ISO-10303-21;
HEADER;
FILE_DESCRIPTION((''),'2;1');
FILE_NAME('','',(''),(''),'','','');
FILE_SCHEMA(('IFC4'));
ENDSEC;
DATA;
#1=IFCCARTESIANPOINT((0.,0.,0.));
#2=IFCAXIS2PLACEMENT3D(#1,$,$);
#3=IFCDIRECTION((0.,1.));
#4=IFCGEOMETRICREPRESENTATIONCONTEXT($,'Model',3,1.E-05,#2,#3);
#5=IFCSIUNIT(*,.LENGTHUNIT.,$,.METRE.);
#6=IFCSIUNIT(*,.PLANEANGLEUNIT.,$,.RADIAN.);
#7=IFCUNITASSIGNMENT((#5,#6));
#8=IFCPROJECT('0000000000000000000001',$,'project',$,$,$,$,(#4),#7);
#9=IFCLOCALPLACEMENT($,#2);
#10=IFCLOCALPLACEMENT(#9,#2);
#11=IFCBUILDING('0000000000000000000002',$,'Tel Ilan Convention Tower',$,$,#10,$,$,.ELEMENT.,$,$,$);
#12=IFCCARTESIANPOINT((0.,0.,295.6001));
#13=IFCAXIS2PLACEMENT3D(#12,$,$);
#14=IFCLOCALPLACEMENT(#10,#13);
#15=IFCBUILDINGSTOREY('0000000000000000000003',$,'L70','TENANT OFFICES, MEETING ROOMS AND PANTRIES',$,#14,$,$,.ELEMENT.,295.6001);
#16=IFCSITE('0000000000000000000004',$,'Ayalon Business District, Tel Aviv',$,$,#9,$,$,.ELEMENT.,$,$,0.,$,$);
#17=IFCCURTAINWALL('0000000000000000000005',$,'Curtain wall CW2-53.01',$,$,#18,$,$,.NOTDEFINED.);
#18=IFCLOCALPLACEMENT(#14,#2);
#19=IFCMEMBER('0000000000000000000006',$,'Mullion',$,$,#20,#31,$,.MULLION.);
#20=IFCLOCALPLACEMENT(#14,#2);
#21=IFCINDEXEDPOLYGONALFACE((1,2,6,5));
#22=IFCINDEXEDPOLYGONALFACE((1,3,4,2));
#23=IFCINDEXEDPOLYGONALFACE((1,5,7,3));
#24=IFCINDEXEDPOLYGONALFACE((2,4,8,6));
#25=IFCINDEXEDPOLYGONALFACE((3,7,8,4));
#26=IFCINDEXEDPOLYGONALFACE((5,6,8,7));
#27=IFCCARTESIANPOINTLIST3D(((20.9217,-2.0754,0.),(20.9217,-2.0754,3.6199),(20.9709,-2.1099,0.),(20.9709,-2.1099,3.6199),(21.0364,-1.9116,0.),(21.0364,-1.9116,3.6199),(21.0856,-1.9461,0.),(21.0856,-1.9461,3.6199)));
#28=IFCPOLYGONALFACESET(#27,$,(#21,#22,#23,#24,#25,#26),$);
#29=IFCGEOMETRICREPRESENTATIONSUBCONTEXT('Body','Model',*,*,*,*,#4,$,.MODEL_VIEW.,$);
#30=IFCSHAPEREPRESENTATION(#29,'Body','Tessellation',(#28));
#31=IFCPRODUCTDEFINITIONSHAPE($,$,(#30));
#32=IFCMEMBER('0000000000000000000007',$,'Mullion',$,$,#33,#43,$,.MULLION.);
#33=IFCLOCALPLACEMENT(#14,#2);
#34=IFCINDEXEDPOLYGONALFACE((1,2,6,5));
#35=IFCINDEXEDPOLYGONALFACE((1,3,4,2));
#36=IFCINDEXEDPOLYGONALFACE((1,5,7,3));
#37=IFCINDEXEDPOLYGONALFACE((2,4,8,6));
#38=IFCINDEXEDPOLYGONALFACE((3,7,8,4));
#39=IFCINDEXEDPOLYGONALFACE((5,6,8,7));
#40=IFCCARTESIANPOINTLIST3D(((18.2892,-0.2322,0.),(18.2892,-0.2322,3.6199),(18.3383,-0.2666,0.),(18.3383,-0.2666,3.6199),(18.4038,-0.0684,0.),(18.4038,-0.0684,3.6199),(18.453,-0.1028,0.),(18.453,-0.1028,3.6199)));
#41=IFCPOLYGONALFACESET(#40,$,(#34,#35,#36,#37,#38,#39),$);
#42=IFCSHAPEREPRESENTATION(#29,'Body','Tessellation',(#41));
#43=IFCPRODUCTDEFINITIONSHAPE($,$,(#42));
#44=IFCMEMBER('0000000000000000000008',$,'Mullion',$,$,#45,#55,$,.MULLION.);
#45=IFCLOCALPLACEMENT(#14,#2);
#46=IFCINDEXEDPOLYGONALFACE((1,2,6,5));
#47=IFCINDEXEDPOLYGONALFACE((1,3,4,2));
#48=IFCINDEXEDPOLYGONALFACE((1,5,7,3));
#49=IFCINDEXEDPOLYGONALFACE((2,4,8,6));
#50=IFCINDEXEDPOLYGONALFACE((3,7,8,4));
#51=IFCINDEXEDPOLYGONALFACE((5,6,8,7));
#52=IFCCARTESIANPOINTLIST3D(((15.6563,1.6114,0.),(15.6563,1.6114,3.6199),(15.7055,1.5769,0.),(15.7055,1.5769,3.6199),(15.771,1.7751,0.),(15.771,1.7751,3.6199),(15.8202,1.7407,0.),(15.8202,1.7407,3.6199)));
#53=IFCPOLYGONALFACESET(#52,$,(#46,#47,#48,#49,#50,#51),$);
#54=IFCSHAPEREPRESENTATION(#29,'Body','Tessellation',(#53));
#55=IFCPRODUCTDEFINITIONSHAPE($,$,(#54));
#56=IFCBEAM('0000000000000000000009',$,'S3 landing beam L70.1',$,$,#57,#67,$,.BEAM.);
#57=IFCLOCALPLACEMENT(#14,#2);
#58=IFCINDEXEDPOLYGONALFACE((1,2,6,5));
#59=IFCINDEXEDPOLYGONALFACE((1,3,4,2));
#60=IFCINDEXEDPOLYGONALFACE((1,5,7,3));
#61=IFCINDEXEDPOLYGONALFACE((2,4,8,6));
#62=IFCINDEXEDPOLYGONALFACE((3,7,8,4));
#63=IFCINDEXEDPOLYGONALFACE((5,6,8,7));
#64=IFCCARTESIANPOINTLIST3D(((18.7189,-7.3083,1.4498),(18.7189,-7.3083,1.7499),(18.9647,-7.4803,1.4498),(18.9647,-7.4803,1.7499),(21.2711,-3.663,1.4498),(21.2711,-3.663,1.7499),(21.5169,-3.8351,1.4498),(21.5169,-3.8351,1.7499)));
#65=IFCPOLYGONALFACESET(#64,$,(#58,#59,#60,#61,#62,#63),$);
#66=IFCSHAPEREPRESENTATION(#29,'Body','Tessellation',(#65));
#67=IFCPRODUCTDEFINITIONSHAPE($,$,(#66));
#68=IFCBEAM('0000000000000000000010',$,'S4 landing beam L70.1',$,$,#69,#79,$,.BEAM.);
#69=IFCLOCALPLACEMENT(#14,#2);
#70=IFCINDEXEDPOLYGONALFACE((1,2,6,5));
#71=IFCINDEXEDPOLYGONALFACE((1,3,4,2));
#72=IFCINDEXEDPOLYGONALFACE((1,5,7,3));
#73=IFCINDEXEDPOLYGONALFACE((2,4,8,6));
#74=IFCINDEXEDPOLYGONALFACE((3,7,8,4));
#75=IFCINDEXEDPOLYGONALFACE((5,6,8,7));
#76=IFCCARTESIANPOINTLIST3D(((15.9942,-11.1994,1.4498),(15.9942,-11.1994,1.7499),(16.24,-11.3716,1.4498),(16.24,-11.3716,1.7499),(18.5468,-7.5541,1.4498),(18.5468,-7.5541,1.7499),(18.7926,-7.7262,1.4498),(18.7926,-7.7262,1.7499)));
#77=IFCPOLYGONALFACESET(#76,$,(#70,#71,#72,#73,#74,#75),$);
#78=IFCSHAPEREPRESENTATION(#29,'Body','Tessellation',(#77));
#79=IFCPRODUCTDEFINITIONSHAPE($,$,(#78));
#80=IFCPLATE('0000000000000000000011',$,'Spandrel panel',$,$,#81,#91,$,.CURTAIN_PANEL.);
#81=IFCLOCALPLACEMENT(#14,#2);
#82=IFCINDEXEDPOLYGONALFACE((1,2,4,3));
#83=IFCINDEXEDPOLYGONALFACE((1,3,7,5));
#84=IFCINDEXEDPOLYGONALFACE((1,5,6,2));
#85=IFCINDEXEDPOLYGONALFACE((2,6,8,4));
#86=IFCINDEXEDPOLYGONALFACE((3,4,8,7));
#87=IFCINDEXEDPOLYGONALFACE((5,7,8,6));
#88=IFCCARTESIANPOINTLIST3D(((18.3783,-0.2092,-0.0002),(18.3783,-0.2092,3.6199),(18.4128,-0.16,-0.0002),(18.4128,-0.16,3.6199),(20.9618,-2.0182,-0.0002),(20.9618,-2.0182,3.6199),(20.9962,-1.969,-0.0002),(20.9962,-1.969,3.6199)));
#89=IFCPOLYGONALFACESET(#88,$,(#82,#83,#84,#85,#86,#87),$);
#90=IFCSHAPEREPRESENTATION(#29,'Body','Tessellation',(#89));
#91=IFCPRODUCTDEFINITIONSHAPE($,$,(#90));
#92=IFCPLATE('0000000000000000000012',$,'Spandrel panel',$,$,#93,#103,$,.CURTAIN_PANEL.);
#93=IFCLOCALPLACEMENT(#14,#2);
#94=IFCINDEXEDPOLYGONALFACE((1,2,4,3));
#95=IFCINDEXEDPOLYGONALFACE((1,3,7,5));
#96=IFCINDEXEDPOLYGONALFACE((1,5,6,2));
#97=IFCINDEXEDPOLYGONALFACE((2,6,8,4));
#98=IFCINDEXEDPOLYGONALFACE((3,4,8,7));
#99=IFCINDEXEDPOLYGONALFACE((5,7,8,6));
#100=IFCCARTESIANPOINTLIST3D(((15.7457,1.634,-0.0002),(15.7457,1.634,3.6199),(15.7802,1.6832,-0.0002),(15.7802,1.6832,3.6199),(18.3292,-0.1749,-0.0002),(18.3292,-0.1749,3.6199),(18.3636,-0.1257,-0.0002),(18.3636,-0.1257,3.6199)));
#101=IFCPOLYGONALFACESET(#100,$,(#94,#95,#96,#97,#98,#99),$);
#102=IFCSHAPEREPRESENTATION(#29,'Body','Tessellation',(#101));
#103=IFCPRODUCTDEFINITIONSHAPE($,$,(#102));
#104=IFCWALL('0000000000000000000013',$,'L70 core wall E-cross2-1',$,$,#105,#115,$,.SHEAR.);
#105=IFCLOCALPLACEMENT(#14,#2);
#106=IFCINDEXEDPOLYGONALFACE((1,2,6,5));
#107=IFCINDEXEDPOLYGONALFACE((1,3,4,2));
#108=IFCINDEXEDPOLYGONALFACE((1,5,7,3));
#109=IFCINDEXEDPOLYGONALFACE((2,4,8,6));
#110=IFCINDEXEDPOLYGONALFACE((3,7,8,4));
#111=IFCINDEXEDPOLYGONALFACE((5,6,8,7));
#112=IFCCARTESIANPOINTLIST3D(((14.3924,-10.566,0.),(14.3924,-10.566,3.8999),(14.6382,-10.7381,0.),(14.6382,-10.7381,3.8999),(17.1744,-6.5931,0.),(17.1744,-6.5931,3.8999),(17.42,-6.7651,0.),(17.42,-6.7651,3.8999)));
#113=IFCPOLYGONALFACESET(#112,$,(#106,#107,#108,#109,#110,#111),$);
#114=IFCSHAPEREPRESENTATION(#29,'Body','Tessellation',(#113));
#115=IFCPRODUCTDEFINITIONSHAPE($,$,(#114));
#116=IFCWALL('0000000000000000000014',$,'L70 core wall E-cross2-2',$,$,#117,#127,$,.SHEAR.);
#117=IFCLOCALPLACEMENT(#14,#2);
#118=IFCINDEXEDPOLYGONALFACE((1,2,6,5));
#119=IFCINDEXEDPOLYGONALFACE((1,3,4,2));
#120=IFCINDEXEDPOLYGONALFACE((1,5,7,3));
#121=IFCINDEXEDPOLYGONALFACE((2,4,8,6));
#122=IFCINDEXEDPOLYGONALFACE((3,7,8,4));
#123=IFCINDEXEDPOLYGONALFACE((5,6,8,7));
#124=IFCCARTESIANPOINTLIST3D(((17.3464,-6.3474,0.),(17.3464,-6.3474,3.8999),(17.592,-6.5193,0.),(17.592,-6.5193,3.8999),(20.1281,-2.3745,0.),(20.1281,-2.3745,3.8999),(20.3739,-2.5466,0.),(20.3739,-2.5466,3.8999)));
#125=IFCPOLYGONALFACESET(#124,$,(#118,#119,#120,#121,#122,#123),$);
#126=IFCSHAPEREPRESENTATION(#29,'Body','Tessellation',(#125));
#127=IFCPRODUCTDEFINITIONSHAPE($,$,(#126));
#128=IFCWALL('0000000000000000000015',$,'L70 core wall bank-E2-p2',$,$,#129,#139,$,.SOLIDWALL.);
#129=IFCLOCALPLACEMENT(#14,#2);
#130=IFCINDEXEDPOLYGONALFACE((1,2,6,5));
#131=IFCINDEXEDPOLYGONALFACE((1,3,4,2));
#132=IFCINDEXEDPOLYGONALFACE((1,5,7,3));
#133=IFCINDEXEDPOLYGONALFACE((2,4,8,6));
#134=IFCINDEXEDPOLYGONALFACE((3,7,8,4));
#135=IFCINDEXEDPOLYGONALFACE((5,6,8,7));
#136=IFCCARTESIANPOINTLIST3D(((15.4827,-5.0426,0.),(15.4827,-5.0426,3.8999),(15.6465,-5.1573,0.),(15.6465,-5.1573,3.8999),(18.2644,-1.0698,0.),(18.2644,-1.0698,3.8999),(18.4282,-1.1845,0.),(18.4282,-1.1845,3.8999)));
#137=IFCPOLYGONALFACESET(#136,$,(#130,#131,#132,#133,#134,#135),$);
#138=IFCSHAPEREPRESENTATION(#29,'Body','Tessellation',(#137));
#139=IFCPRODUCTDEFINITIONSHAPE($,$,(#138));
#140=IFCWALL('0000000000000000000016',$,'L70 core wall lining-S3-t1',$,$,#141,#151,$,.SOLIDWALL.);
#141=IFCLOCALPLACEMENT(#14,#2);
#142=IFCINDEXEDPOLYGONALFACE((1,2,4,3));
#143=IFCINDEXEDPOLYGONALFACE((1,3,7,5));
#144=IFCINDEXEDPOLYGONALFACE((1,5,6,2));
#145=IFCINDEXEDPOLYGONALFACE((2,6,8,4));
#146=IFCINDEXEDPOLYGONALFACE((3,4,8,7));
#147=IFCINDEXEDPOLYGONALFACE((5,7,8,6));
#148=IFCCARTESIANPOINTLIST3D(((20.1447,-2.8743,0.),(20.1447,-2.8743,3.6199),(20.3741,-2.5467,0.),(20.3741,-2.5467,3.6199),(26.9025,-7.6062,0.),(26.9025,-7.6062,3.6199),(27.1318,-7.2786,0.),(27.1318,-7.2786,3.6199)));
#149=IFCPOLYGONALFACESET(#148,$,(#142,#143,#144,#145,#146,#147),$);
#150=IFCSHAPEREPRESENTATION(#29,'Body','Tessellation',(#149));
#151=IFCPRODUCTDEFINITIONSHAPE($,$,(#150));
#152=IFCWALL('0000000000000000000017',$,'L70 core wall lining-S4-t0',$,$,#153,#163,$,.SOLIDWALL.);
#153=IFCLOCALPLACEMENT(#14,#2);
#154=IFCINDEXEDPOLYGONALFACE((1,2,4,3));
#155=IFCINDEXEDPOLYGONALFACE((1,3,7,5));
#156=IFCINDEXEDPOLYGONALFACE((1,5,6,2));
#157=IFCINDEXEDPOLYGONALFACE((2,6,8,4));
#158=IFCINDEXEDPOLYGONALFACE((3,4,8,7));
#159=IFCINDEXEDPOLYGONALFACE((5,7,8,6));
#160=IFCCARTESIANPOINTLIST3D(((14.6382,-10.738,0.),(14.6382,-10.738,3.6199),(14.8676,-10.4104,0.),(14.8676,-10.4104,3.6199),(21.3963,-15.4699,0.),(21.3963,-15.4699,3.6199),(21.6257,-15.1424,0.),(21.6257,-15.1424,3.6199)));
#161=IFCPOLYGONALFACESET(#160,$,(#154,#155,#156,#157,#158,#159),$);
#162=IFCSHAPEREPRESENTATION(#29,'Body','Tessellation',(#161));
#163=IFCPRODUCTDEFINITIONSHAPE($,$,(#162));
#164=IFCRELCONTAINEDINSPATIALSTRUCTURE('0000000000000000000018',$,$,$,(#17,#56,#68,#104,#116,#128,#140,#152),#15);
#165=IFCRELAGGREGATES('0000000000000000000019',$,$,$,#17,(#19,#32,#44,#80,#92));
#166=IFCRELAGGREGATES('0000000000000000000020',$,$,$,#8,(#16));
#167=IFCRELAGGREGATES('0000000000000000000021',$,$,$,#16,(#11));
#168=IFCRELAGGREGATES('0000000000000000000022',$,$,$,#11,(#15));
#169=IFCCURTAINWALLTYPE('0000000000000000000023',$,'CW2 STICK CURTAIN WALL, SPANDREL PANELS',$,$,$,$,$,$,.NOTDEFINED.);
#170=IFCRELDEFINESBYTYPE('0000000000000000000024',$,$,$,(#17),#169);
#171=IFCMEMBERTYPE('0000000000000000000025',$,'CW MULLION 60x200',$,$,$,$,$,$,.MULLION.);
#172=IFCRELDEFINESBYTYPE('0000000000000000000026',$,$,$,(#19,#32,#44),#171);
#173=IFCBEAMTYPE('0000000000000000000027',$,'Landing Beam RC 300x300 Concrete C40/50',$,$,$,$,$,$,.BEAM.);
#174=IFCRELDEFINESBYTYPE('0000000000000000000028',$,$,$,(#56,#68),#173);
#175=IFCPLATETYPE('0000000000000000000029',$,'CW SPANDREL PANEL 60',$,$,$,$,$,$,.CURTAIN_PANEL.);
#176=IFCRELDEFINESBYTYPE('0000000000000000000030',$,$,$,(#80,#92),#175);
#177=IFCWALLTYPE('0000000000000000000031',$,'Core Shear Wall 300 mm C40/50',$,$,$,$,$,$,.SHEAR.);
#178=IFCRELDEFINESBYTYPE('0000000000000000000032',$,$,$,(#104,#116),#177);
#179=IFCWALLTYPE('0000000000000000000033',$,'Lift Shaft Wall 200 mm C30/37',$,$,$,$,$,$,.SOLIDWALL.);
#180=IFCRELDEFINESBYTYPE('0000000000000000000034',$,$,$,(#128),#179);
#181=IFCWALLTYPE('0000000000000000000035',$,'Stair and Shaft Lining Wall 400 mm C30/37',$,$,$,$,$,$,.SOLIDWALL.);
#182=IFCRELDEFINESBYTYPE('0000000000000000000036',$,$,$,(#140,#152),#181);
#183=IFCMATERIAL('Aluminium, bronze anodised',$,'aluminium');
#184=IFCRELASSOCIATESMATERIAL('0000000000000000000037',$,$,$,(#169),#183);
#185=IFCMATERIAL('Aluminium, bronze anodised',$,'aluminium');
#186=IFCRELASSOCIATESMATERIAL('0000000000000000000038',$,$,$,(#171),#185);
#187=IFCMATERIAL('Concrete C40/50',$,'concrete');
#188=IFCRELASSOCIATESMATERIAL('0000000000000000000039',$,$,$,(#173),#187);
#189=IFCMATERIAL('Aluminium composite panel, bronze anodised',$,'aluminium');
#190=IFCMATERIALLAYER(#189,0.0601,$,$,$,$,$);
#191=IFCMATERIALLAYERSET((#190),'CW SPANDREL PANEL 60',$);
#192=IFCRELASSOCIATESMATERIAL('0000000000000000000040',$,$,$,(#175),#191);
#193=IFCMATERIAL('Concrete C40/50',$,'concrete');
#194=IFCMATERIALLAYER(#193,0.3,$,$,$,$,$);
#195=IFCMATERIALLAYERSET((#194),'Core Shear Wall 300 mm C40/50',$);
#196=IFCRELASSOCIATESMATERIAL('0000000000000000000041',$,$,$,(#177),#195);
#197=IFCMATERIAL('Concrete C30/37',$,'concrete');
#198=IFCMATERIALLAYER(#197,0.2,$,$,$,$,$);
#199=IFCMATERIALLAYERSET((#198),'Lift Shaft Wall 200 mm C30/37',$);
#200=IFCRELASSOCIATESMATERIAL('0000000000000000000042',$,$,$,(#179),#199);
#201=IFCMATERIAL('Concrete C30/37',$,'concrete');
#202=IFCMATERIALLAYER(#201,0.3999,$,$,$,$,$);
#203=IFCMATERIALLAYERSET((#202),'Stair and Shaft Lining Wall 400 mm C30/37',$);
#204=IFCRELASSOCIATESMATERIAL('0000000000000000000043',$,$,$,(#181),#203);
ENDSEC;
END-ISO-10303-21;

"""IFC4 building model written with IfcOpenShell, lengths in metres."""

from ifc_helpers import new_model, si_unit, direction, frame, frame_2d, origin, origin_2d, place, context, subcontext, project, spatial, polyline, rectangle, outline, extrude, material, layer, layer_set, material_profile, profile_set, type_object, element, aggregate, save


model = new_model("IFC4")

# Units and contexts
model_context = context("Model", 3, precision=1e-05, world=origin(), true_north=direction((0.0, 1.0)))
body_context = subcontext(model_context, "Body", "Model", "MODEL_VIEW")
ifc_project = project(units=[si_unit("LENGTHUNIT", "METRE"), si_unit("PLANEANGLEUNIT", "RADIAN")], contexts=[model_context])

# Site, building, storey
site_placement = place(None, origin())
site = spatial("IfcSite", under=ifc_project, at=site_placement, Name="Ayalon Business District, Tel Aviv", CompositionType="ELEMENT", RefElevation=0.0)
building_placement = place(site_placement, origin())
building = spatial("IfcBuilding", under=site, at=building_placement, Name="Tel Ilan Convention Tower", CompositionType="ELEMENT")
storey_placement = place(building_placement, frame((0.0, 0.0, 295.6001)))
storey = spatial("IfcBuildingStorey", under=building, at=storey_placement, Name="L70", Description="TENANT OFFICES, MEETING ROOMS AND PANTRIES", CompositionType="ELEMENT", Elevation=295.6001)

# Curtain wall, members
ifc_material_1 = material(Name="Aluminium, bronze anodised", Category="aluminium")
curtain_wall_type = type_object("IfcCurtainWallType", Name="CW2 STICK CURTAIN WALL, SPANDREL PANELS", PredefinedType="NOTDEFINED", material=ifc_material_1)
curtain_wall_placement = place(storey_placement, origin())
curtain_wall = element("IfcCurtainWall", 1, at=curtain_wall_placement, inside=storey, type_object=curtain_wall_type, Name="Curtain wall CW2-53.01", PredefinedType="NOTDEFINED")
ifc_material_2 = material(Name="Aluminium, bronze anodised", Category="aluminium")
ifc_material_profile_1 = material_profile(ifc_material_2, rectangle(XDim=0.0601, YDim=0.2, at=origin_2d()), Name="CW MULLION 60x200")
ifc_profile_set_1 = profile_set([ifc_material_profile_1], Name="Aluminium, bronze anodised")
member_type = type_object("IfcMemberType", Name="CW MULLION 60x200", PredefinedType="MULLION", material=ifc_profile_set_1)
member_1_placement = place(storey_placement, frame((21.0037, -2.0107, 0.0), z_axis=(0.0, 0.0, 1.0), x_axis=(-0.819152, 0.573576, 0.0)))
member_1 = element("IfcMember", 2, at=member_1_placement, type_object=member_type, Name="Mullion", PredefinedType="MULLION", context=body_context, shape_type="SweptSolid", body=[
    extrude(rectangle(XDim=0.0601, YDim=0.2, at=origin_2d()), origin(), (0.0, 0.0, 1.0), 3.6199),
])
member_2_placement = place(storey_placement, frame((18.3711, -0.1675, 0.0), z_axis=(0.0, 0.0, 1.0), x_axis=(-0.819152, 0.573576, 0.0)))
member_2 = element("IfcMember", 3, at=member_2_placement, type_object=member_type, Name="Mullion", PredefinedType="MULLION", context=body_context, shape_type="SweptSolid", body=[
    extrude(rectangle(XDim=0.0601, YDim=0.2, at=origin_2d()), origin(), (0.0, 0.0, 1.0), 3.6199),
])
member_3_placement = place(storey_placement, frame((15.7383, 1.676, 0.0), z_axis=(0.0, 0.0, 1.0), x_axis=(-0.819152, 0.573576, 0.0)))
member_3 = element("IfcMember", 4, at=member_3_placement, type_object=member_type, Name="Mullion", PredefinedType="MULLION", context=body_context, shape_type="SweptSolid", body=[
    extrude(rectangle(XDim=0.0601, YDim=0.2, at=origin_2d()), origin(), (0.0, 0.0, 1.0), 3.6199),
])

# Beams
ifc_material_3 = material(Name="Concrete C40/50", Category="concrete")
ifc_material_profile_2 = material_profile(ifc_material_3, rectangle(XDim=0.3, YDim=0.3, at=origin_2d()), Name="RC 300x300")
ifc_profile_set_2 = profile_set([ifc_material_profile_2], Name="Concrete C40/50")
beam_type = type_object("IfcBeamType", Name="Landing Beam RC 300x300 Concrete C40/50", PredefinedType="BEAM", material=ifc_profile_set_2)
beam_1_placement = place(storey_placement, frame((21.394, -3.749, 1.5999), z_axis=(-0.573547, -0.819173, 0.0), x_axis=(0.819173, -0.573547, 0.0)))
element("IfcBeam", 5, at=beam_1_placement, inside=storey, type_object=beam_type, Name="S3 landing beam L70.1", PredefinedType="BEAM", context=body_context, shape_type="SweptSolid", body=[
    extrude(rectangle(XDim=0.3, YDim=0.3, at=origin_2d()), origin(), (0.0, 0.0, 1.0), 4.45),
])
beam_2_placement = place(storey_placement, frame((18.6697, -7.6401, 1.5999), z_axis=(-0.573584, -0.819147, 0.0), x_axis=(0.819147, -0.573584, 0.0)))
element("IfcBeam", 6, at=beam_2_placement, inside=storey, type_object=beam_type, Name="S4 landing beam L70.1", PredefinedType="BEAM", context=body_context, shape_type="SweptSolid", body=[
    extrude(rectangle(XDim=0.3, YDim=0.3, at=origin_2d()), origin(), (0.0, 0.0, 1.0), 4.4502),
])

# Plates
ifc_material_4 = material(Name="Aluminium composite panel, bronze anodised", Category="aluminium")
ifc_layer_1 = layer(ifc_material_4, 0.0601)
ifc_layer_set_1 = layer_set([ifc_layer_1], Name="CW SPANDREL PANEL 60")
plate_type = type_object("IfcPlateType", Name="CW SPANDREL PANEL 60", PredefinedType="CURTAIN_PANEL", material=ifc_layer_set_1)
plate_1_placement = place(storey_placement, frame((19.6873, -1.0891, -0.0002), z_axis=(0.0, 0.0, 1.0), x_axis=(-0.819152, 0.573576, 0.0)))
plate_1 = element("IfcPlate", 7, at=plate_1_placement, type_object=plate_type, Name="Spandrel panel", PredefinedType="CURTAIN_PANEL", context=body_context, shape_type="SweptSolid", body=[
    extrude(rectangle(XDim=3.1538, YDim=0.0601, at=origin_2d()), origin(), (0.0, 0.0, 1.0), 3.6201),
])
plate_2_placement = place(storey_placement, frame((17.0547, 0.7542, -0.0002), z_axis=(0.0, 0.0, 1.0), x_axis=(-0.819152, 0.573576, 0.0)))
plate_2 = element("IfcPlate", 8, at=plate_2_placement, type_object=plate_type, Name="Spandrel panel", PredefinedType="CURTAIN_PANEL", context=body_context, shape_type="SweptSolid", body=[
    extrude(rectangle(XDim=3.1538, YDim=0.0601, at=origin_2d()), origin(), (0.0, 0.0, 1.0), 3.6201),
])
aggregate(curtain_wall, [member_1, member_2, member_3, plate_1, plate_2])

# Walls
ifc_material_5 = material(Name="Concrete C40/50", Category="concrete")
ifc_layer_2 = layer(ifc_material_5, 0.3)
ifc_layer_set_2 = layer_set([ifc_layer_2], Name="Core Shear Wall 300 mm C40/50")
wall_type_1 = type_object("IfcWallType", Name="Core Shear Wall 300 mm C40/50", PredefinedType="SHEAR", material=ifc_layer_set_2)
wall_1_placement = place(storey_placement, frame((14.5154, -10.6521, 0.0), z_axis=(0.0, 0.0, 1.0), x_axis=(0.57356, 0.819163, 0.0)))
element("IfcWall", 9, at=wall_1_placement, inside=storey, type_object=wall_type_1, Name="L70 core wall E-cross2-1", PredefinedType="SHEAR", context=body_context, shape_type="SweptSolid", body=[
    extrude(outline(polyline([(0.0, 0.1501), (0.0, -0.1499), (4.8501, -0.1499), (4.8501, 0.1499), (0.0, 0.1501)])), origin(), (0.0, 0.0, 1.0), 3.8999),
])
wall_2_placement = place(storey_placement, frame((17.4692, -6.4333, 0.0), z_axis=(0.0, 0.0, 1.0), x_axis=(0.573594, 0.81914, 0.0)))
element("IfcWall", 10, at=wall_2_placement, inside=storey, type_object=wall_type_1, Name="L70 core wall E-cross2-2", PredefinedType="SHEAR", context=body_context, shape_type="SweptSolid", body=[
    extrude(outline(polyline([(4.8499, -0.1499), (4.8499, 0.1501), (0.0, 0.1499), (0.0, -0.1499), (4.8499, -0.1499)])), origin(), (0.0, 0.0, 1.0), 3.8999),
])
ifc_material_6 = material(Name="Concrete C30/37", Category="concrete")
ifc_layer_3 = layer(ifc_material_6, 0.2)
ifc_layer_set_3 = layer_set([ifc_layer_3], Name="Lift Shaft Wall 200 mm C30/37")
wall_type_2 = type_object("IfcWallType", Name="Lift Shaft Wall 200 mm C30/37", PredefinedType="SOLIDWALL", material=ifc_layer_set_3)
wall_3_placement = place(storey_placement, frame((15.5647, -5.0999, 0.0), z_axis=(0.0, 0.0, 1.0), x_axis=(0.57356, 0.819163, 0.0)))
element("IfcWall", 11, at=wall_3_placement, inside=storey, type_object=wall_type_2, Name="L70 core wall bank-E2-p2", PredefinedType="SOLIDWALL", context=body_context, shape_type="SweptSolid", body=[
    extrude(rectangle(XDim=4.8499, YDim=0.2, at=frame_2d((2.4248, 0.0))), origin(), (0.0, 0.0, 1.0), 3.8999),
])
ifc_material_7 = material(Name="Concrete C30/37", Category="concrete")
ifc_layer_4 = layer(ifc_material_7, 0.3999)
ifc_layer_set_4 = layer_set([ifc_layer_4], Name="Stair and Shaft Lining Wall 400 mm C30/37")
wall_type_3 = type_object("IfcWallType", Name="Stair and Shaft Lining Wall 400 mm C30/37", PredefinedType="SOLIDWALL", material=ifc_layer_set_4)
wall_4_placement = place(storey_placement, frame((20.2593, -2.7104, 0.0), z_axis=(0.0, 0.0, 1.0), x_axis=(0.819148, -0.573582, 0.0)))
element("IfcWall", 12, at=wall_4_placement, inside=storey, type_object=wall_type_3, Name="L70 core wall lining-S3-t1", PredefinedType="SOLIDWALL", context=body_context, shape_type="SweptSolid", body=[
    extrude(rectangle(XDim=8.2498, YDim=0.3999, at=frame_2d((4.125, 0.0))), origin(), (0.0, 0.0, 1.0), 3.6199),
])
wall_5_placement = place(storey_placement, frame((14.7529, -10.5742, 0.0), z_axis=(0.0, 0.0, 1.0), x_axis=(0.819158, -0.573568, 0.0)))
element("IfcWall", 13, at=wall_5_placement, inside=storey, type_object=wall_type_3, Name="L70 core wall lining-S4-t0", PredefinedType="SOLIDWALL", context=body_context, shape_type="SweptSolid", body=[
    extrude(rectangle(XDim=8.25, YDim=0.3999, at=frame_2d((4.125, 0.0))), origin(), (0.0, 0.0, 1.0), 3.6199),
])

save(model, "model.ifc")
